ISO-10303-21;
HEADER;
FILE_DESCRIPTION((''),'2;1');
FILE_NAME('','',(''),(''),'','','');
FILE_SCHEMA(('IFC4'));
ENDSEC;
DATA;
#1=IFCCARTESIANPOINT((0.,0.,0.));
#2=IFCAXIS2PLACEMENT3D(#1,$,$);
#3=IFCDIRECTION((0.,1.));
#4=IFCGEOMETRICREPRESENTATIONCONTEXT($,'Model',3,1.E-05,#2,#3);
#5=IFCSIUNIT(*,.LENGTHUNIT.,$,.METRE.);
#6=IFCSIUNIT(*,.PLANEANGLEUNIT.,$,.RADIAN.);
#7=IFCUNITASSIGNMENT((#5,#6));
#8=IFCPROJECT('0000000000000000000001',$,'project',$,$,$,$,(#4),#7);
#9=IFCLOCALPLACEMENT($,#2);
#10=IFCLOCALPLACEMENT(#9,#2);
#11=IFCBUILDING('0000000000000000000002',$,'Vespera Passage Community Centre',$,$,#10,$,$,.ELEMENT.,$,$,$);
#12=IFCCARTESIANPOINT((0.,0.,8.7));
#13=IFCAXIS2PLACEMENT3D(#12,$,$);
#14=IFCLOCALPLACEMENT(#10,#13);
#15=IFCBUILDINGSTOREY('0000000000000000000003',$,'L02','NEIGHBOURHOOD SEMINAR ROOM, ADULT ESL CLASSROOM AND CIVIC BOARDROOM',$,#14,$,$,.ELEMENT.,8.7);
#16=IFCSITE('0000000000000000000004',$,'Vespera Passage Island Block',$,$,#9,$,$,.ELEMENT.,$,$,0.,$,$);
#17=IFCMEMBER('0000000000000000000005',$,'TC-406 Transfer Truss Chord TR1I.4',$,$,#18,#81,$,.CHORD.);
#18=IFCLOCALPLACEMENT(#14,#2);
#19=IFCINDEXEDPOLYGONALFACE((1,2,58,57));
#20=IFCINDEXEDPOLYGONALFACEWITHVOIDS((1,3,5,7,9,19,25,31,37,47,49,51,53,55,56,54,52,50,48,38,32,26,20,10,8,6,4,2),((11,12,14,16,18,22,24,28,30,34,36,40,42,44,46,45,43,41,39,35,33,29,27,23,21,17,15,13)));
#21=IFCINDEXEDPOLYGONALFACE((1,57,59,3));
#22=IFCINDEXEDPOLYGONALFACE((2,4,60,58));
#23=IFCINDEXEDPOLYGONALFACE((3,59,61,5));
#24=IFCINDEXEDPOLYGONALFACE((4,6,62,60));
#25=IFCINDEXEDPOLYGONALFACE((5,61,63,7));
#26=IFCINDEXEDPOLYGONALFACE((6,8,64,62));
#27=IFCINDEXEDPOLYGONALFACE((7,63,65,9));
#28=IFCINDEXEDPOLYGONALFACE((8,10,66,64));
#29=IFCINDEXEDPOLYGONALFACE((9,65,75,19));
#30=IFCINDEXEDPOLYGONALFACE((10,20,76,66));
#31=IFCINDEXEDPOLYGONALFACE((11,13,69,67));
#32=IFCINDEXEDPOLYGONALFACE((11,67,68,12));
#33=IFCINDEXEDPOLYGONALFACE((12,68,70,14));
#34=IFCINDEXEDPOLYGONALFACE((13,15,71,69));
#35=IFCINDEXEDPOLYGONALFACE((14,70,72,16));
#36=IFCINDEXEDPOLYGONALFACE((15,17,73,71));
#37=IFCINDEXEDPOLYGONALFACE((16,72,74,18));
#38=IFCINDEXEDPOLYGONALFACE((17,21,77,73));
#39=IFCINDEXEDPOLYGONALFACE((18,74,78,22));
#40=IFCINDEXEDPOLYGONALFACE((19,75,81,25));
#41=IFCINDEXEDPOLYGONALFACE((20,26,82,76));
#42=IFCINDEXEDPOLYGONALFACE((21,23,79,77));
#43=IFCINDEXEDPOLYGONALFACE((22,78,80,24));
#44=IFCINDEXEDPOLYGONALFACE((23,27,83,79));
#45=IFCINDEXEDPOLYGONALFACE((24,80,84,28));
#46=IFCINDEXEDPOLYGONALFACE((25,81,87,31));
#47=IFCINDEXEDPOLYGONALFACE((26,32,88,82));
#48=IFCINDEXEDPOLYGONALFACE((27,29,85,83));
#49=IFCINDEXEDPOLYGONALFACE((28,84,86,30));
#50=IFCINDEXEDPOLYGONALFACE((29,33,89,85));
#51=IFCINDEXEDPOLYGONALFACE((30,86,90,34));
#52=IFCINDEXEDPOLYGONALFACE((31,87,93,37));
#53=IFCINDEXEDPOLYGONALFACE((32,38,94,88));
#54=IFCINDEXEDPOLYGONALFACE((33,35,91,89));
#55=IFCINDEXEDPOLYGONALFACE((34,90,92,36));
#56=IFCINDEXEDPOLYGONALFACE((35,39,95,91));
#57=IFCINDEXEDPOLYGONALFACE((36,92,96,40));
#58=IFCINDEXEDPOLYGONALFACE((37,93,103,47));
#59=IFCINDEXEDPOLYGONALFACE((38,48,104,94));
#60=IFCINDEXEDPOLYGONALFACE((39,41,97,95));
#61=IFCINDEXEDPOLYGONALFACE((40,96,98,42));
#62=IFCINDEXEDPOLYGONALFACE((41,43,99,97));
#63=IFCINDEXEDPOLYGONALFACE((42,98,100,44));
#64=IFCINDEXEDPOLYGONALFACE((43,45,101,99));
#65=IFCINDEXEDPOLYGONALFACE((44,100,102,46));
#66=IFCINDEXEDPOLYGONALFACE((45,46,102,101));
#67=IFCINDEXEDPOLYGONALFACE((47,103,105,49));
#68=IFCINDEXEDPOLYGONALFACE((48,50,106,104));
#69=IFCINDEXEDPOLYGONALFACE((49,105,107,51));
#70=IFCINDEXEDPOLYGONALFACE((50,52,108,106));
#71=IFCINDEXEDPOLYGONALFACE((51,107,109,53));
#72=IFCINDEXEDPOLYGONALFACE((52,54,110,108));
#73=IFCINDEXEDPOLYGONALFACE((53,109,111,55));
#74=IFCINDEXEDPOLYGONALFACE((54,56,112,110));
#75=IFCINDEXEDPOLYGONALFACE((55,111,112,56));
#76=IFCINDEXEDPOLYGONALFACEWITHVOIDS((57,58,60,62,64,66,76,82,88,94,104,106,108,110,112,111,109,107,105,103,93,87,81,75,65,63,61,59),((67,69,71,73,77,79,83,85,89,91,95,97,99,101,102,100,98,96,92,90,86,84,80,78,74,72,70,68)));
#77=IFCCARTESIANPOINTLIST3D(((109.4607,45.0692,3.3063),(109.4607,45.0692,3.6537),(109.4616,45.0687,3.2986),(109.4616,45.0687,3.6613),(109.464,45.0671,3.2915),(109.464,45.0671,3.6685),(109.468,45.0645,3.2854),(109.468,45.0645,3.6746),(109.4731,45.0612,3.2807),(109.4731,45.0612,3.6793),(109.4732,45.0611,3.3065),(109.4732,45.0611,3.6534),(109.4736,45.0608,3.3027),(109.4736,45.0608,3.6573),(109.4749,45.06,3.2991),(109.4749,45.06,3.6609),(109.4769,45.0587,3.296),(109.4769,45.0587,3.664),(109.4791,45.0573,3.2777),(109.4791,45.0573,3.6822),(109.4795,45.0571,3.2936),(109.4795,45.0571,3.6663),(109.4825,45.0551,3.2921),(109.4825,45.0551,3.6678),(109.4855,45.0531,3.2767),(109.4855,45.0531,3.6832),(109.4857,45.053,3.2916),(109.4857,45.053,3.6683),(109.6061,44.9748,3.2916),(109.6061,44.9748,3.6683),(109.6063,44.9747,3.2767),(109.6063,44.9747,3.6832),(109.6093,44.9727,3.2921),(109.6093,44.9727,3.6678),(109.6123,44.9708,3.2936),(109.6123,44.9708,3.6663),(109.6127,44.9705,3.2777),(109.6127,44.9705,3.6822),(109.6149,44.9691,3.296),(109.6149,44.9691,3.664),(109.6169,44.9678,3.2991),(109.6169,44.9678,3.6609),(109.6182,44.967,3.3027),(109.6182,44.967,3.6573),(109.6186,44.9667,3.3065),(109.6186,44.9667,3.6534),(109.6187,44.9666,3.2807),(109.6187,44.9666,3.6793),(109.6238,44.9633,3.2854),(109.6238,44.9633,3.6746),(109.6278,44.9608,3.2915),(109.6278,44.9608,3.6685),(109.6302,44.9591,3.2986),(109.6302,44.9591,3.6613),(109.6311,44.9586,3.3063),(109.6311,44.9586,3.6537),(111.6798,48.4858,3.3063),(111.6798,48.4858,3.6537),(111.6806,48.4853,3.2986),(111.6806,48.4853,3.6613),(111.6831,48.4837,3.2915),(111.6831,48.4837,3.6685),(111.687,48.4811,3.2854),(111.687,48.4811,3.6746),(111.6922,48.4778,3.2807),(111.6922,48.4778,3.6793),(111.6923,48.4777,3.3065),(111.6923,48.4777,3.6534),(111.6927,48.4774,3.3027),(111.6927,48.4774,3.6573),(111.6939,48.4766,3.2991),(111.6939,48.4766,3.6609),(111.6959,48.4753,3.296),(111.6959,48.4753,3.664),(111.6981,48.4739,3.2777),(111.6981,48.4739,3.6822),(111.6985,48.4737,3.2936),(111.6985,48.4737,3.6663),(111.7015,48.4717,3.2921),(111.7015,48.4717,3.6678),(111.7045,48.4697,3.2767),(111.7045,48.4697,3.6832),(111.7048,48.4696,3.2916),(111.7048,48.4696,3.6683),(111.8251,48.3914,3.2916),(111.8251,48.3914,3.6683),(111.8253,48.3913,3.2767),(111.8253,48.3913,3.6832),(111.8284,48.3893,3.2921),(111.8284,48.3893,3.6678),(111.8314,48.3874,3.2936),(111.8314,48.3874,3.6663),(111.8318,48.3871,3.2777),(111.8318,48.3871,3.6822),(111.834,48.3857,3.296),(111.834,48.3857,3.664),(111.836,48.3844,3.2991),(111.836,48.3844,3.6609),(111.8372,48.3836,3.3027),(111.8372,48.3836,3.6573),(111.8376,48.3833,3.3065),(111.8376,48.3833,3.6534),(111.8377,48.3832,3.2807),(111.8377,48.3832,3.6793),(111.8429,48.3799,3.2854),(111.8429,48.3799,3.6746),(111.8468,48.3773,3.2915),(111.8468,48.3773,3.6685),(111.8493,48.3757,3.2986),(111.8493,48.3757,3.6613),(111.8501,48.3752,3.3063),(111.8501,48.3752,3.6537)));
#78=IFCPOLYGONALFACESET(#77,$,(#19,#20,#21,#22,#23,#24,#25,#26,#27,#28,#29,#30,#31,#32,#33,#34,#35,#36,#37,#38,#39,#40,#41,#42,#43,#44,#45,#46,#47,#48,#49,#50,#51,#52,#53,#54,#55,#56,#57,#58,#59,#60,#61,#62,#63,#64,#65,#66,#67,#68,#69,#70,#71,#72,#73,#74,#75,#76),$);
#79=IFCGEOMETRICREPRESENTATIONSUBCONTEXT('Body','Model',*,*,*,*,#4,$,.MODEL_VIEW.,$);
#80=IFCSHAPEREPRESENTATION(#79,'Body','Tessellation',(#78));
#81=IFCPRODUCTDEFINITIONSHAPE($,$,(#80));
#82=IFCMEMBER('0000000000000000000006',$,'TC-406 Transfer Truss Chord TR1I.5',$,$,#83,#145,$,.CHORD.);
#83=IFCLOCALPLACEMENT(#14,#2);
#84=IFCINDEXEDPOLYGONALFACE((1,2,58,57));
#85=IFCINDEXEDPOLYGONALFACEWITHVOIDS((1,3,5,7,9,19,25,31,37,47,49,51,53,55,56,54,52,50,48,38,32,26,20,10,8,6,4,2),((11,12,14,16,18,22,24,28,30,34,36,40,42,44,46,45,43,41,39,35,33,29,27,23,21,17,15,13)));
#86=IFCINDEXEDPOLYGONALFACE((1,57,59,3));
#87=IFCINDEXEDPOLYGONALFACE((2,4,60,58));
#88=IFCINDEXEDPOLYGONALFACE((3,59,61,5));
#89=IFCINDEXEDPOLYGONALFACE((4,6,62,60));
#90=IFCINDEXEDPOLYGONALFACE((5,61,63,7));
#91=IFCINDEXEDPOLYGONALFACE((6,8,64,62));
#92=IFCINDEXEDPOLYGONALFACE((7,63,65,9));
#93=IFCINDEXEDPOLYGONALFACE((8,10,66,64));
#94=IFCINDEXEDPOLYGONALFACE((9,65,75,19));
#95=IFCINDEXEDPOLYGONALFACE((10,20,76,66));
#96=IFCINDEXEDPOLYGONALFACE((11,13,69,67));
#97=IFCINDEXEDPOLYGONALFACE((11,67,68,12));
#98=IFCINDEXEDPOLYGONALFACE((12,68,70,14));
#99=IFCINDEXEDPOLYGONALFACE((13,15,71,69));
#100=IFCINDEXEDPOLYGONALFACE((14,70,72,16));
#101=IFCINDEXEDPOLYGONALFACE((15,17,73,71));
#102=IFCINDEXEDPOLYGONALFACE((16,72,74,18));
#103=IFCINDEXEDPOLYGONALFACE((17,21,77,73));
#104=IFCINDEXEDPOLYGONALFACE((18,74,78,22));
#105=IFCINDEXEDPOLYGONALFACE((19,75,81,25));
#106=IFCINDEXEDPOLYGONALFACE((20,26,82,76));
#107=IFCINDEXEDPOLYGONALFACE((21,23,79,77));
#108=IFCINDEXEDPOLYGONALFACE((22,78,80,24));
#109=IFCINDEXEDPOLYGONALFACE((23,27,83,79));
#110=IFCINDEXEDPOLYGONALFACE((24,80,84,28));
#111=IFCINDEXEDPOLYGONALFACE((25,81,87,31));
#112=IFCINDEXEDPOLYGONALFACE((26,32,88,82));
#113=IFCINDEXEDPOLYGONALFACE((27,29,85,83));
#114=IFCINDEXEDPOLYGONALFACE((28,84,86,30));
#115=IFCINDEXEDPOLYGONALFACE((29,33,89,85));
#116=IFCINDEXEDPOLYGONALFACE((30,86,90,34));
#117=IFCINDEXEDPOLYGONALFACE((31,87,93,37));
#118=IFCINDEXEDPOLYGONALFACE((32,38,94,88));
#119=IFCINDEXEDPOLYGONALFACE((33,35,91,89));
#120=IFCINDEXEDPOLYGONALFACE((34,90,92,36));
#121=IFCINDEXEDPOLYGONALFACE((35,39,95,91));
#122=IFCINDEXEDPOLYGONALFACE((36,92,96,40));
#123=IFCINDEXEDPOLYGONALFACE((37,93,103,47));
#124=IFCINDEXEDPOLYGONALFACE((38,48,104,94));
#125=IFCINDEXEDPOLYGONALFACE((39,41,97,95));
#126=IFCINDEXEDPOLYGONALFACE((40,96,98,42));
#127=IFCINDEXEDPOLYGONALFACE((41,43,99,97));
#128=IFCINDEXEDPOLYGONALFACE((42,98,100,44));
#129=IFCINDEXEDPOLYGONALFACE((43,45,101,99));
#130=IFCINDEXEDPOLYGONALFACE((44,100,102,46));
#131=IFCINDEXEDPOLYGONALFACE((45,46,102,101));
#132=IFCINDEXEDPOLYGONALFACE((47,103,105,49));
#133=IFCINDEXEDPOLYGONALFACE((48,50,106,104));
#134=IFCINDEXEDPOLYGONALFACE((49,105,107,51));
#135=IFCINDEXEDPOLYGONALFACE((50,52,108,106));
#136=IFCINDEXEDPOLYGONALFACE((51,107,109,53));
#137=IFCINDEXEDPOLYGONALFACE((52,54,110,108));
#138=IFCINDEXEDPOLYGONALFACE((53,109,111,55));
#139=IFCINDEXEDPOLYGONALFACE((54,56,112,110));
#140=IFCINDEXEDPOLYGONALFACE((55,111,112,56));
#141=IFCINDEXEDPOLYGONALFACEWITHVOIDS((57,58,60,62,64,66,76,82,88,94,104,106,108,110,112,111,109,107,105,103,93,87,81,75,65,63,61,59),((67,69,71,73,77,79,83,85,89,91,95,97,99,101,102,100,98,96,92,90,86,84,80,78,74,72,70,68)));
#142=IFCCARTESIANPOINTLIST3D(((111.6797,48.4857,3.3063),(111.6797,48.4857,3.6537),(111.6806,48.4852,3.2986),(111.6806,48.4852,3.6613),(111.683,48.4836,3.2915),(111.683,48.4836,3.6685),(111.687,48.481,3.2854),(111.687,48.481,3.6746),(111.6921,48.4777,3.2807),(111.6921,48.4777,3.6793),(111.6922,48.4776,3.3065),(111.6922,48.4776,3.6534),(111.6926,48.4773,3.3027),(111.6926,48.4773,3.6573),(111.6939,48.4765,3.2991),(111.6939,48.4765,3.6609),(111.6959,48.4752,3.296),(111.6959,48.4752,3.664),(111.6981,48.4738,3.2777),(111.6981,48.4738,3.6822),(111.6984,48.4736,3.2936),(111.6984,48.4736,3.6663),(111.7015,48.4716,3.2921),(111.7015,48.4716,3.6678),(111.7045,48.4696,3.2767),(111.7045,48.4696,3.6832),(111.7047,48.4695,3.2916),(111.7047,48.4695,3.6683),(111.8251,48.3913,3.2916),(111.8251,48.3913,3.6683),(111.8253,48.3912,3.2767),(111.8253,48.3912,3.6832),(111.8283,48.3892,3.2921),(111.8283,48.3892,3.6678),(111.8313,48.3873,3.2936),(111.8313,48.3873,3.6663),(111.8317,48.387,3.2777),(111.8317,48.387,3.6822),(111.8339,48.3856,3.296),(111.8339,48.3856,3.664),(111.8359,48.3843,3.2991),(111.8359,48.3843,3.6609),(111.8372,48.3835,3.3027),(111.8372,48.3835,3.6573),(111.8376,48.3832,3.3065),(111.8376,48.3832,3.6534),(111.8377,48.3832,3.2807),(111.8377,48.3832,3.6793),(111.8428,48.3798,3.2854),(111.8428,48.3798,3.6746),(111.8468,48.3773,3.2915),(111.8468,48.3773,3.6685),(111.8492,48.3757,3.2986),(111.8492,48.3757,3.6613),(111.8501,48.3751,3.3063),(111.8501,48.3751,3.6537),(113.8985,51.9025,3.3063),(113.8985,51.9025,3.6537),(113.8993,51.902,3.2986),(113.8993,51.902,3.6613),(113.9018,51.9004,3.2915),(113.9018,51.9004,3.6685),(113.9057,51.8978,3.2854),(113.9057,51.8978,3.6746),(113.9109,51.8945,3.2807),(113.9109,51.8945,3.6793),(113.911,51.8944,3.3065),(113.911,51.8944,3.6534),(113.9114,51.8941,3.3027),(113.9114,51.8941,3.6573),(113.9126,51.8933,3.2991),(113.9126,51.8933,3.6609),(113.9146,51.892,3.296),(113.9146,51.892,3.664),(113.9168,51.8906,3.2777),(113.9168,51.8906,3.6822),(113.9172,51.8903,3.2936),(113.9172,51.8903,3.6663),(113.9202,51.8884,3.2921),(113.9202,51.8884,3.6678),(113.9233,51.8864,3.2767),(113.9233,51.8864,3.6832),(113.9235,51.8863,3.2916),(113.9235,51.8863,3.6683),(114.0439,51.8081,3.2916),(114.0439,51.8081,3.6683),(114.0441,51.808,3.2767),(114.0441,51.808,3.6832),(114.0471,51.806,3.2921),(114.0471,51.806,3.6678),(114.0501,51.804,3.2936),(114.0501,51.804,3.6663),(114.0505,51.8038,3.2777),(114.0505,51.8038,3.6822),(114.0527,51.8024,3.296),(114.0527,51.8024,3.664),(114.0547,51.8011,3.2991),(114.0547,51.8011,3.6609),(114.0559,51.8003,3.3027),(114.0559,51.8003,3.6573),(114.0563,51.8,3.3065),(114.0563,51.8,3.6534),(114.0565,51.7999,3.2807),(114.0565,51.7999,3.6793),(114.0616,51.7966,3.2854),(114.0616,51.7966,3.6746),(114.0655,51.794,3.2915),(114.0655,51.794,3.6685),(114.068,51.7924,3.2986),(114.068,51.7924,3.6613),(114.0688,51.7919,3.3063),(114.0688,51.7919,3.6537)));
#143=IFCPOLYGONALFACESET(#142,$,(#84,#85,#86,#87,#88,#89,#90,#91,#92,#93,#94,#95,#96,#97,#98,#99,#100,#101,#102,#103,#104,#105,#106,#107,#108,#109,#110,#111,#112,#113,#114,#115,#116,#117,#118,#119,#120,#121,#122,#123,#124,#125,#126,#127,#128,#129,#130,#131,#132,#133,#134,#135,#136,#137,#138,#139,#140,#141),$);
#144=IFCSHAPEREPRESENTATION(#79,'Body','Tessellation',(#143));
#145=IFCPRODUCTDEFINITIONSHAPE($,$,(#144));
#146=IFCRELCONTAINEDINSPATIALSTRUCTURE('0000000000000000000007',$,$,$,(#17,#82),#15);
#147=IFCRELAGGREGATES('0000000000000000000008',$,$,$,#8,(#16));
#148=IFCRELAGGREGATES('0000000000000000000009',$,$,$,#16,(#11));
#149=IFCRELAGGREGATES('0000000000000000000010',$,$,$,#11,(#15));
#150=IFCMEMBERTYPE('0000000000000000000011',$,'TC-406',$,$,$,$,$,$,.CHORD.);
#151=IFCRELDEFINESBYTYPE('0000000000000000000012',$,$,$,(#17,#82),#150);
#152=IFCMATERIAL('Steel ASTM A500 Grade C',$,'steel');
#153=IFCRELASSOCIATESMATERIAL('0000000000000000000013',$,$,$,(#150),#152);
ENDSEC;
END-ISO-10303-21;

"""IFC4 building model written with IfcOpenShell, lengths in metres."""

from ifc_helpers import new_model, si_unit, direction, frame, origin, origin_2d, place, context, subcontext, project, spatial, hollow_rectangle, extrude, material, material_profile, profile_set, type_object, element, save


model = new_model("IFC4")

# Units and contexts
model_context = context("Model", 3, precision=1e-05, world=origin(), true_north=direction((0.0, 1.0)))
body_context = subcontext(model_context, "Body", "Model", "MODEL_VIEW")
ifc_project = project(units=[si_unit("LENGTHUNIT", "METRE"), si_unit("PLANEANGLEUNIT", "RADIAN")], contexts=[model_context])

# Site, building, storey
site_placement = place(None, origin())
site = spatial("IfcSite", under=ifc_project, at=site_placement, Name="Vespera Passage Island Block", CompositionType="ELEMENT", RefElevation=0.0)
building_placement = place(site_placement, origin())
building = spatial("IfcBuilding", under=site, at=building_placement, Name="Vespera Passage Community Centre", CompositionType="ELEMENT")
storey_placement = place(building_placement, frame((0.0, 0.0, 8.7)))
storey = spatial("IfcBuildingStorey", under=building, at=storey_placement, Name="L02", Description="NEIGHBOURHOOD SEMINAR ROOM, ADULT ESL CLASSROOM AND CIVIC BOARDROOM", CompositionType="ELEMENT", Elevation=8.7)

# Members
ifc_material_1 = material(Name="Steel ASTM A500 Grade C", Category="steel")
ifc_material_profile_1 = material_profile(ifc_material_1, hollow_rectangle(XDim=0.2031, YDim=0.4065, WallThickness=0.0149, InnerFilletRadius=0.0149, OuterFilletRadius=0.0295, at=origin_2d()), Name="HSS406X203X15.9")
ifc_profile_set_1 = profile_set([ifc_material_profile_1], Name="Steel ASTM A500 Grade C")
member_type_1 = type_object("IfcMemberType", Name="TC-406", PredefinedType="CHORD", material=ifc_profile_set_1)
for number, where, z_axis, x_axis, name in (
    (1, (109.5459, 45.0139, 3.48), (0.544689, 0.838638, 0.0), (-0.838638, 0.544689, 0.0), "TC-406 Transfer Truss Chord TR1I.4"),
    (2, (111.7649, 48.4304, 3.48), (0.54462, 0.838683, 0.0), (-0.838683, 0.54462, 0.0), "TC-406 Transfer Truss Chord TR1I.5"),
):
    element("IfcMember", number, at=place(storey_placement, frame(where, z_axis=z_axis, x_axis=x_axis)), inside=storey, type_object=member_type_1, Name=name, PredefinedType="CHORD", context=body_context, shape_type="SweptSolid", body=[
        extrude(hollow_rectangle(XDim=0.2031, YDim=0.4065, WallThickness=0.0149, InnerFilletRadius=0.0149, OuterFilletRadius=0.0295, at=origin_2d()), origin(), (0.0, 0.0, 1.0), 4.074),
    ])

save(model, "model.ifc")
